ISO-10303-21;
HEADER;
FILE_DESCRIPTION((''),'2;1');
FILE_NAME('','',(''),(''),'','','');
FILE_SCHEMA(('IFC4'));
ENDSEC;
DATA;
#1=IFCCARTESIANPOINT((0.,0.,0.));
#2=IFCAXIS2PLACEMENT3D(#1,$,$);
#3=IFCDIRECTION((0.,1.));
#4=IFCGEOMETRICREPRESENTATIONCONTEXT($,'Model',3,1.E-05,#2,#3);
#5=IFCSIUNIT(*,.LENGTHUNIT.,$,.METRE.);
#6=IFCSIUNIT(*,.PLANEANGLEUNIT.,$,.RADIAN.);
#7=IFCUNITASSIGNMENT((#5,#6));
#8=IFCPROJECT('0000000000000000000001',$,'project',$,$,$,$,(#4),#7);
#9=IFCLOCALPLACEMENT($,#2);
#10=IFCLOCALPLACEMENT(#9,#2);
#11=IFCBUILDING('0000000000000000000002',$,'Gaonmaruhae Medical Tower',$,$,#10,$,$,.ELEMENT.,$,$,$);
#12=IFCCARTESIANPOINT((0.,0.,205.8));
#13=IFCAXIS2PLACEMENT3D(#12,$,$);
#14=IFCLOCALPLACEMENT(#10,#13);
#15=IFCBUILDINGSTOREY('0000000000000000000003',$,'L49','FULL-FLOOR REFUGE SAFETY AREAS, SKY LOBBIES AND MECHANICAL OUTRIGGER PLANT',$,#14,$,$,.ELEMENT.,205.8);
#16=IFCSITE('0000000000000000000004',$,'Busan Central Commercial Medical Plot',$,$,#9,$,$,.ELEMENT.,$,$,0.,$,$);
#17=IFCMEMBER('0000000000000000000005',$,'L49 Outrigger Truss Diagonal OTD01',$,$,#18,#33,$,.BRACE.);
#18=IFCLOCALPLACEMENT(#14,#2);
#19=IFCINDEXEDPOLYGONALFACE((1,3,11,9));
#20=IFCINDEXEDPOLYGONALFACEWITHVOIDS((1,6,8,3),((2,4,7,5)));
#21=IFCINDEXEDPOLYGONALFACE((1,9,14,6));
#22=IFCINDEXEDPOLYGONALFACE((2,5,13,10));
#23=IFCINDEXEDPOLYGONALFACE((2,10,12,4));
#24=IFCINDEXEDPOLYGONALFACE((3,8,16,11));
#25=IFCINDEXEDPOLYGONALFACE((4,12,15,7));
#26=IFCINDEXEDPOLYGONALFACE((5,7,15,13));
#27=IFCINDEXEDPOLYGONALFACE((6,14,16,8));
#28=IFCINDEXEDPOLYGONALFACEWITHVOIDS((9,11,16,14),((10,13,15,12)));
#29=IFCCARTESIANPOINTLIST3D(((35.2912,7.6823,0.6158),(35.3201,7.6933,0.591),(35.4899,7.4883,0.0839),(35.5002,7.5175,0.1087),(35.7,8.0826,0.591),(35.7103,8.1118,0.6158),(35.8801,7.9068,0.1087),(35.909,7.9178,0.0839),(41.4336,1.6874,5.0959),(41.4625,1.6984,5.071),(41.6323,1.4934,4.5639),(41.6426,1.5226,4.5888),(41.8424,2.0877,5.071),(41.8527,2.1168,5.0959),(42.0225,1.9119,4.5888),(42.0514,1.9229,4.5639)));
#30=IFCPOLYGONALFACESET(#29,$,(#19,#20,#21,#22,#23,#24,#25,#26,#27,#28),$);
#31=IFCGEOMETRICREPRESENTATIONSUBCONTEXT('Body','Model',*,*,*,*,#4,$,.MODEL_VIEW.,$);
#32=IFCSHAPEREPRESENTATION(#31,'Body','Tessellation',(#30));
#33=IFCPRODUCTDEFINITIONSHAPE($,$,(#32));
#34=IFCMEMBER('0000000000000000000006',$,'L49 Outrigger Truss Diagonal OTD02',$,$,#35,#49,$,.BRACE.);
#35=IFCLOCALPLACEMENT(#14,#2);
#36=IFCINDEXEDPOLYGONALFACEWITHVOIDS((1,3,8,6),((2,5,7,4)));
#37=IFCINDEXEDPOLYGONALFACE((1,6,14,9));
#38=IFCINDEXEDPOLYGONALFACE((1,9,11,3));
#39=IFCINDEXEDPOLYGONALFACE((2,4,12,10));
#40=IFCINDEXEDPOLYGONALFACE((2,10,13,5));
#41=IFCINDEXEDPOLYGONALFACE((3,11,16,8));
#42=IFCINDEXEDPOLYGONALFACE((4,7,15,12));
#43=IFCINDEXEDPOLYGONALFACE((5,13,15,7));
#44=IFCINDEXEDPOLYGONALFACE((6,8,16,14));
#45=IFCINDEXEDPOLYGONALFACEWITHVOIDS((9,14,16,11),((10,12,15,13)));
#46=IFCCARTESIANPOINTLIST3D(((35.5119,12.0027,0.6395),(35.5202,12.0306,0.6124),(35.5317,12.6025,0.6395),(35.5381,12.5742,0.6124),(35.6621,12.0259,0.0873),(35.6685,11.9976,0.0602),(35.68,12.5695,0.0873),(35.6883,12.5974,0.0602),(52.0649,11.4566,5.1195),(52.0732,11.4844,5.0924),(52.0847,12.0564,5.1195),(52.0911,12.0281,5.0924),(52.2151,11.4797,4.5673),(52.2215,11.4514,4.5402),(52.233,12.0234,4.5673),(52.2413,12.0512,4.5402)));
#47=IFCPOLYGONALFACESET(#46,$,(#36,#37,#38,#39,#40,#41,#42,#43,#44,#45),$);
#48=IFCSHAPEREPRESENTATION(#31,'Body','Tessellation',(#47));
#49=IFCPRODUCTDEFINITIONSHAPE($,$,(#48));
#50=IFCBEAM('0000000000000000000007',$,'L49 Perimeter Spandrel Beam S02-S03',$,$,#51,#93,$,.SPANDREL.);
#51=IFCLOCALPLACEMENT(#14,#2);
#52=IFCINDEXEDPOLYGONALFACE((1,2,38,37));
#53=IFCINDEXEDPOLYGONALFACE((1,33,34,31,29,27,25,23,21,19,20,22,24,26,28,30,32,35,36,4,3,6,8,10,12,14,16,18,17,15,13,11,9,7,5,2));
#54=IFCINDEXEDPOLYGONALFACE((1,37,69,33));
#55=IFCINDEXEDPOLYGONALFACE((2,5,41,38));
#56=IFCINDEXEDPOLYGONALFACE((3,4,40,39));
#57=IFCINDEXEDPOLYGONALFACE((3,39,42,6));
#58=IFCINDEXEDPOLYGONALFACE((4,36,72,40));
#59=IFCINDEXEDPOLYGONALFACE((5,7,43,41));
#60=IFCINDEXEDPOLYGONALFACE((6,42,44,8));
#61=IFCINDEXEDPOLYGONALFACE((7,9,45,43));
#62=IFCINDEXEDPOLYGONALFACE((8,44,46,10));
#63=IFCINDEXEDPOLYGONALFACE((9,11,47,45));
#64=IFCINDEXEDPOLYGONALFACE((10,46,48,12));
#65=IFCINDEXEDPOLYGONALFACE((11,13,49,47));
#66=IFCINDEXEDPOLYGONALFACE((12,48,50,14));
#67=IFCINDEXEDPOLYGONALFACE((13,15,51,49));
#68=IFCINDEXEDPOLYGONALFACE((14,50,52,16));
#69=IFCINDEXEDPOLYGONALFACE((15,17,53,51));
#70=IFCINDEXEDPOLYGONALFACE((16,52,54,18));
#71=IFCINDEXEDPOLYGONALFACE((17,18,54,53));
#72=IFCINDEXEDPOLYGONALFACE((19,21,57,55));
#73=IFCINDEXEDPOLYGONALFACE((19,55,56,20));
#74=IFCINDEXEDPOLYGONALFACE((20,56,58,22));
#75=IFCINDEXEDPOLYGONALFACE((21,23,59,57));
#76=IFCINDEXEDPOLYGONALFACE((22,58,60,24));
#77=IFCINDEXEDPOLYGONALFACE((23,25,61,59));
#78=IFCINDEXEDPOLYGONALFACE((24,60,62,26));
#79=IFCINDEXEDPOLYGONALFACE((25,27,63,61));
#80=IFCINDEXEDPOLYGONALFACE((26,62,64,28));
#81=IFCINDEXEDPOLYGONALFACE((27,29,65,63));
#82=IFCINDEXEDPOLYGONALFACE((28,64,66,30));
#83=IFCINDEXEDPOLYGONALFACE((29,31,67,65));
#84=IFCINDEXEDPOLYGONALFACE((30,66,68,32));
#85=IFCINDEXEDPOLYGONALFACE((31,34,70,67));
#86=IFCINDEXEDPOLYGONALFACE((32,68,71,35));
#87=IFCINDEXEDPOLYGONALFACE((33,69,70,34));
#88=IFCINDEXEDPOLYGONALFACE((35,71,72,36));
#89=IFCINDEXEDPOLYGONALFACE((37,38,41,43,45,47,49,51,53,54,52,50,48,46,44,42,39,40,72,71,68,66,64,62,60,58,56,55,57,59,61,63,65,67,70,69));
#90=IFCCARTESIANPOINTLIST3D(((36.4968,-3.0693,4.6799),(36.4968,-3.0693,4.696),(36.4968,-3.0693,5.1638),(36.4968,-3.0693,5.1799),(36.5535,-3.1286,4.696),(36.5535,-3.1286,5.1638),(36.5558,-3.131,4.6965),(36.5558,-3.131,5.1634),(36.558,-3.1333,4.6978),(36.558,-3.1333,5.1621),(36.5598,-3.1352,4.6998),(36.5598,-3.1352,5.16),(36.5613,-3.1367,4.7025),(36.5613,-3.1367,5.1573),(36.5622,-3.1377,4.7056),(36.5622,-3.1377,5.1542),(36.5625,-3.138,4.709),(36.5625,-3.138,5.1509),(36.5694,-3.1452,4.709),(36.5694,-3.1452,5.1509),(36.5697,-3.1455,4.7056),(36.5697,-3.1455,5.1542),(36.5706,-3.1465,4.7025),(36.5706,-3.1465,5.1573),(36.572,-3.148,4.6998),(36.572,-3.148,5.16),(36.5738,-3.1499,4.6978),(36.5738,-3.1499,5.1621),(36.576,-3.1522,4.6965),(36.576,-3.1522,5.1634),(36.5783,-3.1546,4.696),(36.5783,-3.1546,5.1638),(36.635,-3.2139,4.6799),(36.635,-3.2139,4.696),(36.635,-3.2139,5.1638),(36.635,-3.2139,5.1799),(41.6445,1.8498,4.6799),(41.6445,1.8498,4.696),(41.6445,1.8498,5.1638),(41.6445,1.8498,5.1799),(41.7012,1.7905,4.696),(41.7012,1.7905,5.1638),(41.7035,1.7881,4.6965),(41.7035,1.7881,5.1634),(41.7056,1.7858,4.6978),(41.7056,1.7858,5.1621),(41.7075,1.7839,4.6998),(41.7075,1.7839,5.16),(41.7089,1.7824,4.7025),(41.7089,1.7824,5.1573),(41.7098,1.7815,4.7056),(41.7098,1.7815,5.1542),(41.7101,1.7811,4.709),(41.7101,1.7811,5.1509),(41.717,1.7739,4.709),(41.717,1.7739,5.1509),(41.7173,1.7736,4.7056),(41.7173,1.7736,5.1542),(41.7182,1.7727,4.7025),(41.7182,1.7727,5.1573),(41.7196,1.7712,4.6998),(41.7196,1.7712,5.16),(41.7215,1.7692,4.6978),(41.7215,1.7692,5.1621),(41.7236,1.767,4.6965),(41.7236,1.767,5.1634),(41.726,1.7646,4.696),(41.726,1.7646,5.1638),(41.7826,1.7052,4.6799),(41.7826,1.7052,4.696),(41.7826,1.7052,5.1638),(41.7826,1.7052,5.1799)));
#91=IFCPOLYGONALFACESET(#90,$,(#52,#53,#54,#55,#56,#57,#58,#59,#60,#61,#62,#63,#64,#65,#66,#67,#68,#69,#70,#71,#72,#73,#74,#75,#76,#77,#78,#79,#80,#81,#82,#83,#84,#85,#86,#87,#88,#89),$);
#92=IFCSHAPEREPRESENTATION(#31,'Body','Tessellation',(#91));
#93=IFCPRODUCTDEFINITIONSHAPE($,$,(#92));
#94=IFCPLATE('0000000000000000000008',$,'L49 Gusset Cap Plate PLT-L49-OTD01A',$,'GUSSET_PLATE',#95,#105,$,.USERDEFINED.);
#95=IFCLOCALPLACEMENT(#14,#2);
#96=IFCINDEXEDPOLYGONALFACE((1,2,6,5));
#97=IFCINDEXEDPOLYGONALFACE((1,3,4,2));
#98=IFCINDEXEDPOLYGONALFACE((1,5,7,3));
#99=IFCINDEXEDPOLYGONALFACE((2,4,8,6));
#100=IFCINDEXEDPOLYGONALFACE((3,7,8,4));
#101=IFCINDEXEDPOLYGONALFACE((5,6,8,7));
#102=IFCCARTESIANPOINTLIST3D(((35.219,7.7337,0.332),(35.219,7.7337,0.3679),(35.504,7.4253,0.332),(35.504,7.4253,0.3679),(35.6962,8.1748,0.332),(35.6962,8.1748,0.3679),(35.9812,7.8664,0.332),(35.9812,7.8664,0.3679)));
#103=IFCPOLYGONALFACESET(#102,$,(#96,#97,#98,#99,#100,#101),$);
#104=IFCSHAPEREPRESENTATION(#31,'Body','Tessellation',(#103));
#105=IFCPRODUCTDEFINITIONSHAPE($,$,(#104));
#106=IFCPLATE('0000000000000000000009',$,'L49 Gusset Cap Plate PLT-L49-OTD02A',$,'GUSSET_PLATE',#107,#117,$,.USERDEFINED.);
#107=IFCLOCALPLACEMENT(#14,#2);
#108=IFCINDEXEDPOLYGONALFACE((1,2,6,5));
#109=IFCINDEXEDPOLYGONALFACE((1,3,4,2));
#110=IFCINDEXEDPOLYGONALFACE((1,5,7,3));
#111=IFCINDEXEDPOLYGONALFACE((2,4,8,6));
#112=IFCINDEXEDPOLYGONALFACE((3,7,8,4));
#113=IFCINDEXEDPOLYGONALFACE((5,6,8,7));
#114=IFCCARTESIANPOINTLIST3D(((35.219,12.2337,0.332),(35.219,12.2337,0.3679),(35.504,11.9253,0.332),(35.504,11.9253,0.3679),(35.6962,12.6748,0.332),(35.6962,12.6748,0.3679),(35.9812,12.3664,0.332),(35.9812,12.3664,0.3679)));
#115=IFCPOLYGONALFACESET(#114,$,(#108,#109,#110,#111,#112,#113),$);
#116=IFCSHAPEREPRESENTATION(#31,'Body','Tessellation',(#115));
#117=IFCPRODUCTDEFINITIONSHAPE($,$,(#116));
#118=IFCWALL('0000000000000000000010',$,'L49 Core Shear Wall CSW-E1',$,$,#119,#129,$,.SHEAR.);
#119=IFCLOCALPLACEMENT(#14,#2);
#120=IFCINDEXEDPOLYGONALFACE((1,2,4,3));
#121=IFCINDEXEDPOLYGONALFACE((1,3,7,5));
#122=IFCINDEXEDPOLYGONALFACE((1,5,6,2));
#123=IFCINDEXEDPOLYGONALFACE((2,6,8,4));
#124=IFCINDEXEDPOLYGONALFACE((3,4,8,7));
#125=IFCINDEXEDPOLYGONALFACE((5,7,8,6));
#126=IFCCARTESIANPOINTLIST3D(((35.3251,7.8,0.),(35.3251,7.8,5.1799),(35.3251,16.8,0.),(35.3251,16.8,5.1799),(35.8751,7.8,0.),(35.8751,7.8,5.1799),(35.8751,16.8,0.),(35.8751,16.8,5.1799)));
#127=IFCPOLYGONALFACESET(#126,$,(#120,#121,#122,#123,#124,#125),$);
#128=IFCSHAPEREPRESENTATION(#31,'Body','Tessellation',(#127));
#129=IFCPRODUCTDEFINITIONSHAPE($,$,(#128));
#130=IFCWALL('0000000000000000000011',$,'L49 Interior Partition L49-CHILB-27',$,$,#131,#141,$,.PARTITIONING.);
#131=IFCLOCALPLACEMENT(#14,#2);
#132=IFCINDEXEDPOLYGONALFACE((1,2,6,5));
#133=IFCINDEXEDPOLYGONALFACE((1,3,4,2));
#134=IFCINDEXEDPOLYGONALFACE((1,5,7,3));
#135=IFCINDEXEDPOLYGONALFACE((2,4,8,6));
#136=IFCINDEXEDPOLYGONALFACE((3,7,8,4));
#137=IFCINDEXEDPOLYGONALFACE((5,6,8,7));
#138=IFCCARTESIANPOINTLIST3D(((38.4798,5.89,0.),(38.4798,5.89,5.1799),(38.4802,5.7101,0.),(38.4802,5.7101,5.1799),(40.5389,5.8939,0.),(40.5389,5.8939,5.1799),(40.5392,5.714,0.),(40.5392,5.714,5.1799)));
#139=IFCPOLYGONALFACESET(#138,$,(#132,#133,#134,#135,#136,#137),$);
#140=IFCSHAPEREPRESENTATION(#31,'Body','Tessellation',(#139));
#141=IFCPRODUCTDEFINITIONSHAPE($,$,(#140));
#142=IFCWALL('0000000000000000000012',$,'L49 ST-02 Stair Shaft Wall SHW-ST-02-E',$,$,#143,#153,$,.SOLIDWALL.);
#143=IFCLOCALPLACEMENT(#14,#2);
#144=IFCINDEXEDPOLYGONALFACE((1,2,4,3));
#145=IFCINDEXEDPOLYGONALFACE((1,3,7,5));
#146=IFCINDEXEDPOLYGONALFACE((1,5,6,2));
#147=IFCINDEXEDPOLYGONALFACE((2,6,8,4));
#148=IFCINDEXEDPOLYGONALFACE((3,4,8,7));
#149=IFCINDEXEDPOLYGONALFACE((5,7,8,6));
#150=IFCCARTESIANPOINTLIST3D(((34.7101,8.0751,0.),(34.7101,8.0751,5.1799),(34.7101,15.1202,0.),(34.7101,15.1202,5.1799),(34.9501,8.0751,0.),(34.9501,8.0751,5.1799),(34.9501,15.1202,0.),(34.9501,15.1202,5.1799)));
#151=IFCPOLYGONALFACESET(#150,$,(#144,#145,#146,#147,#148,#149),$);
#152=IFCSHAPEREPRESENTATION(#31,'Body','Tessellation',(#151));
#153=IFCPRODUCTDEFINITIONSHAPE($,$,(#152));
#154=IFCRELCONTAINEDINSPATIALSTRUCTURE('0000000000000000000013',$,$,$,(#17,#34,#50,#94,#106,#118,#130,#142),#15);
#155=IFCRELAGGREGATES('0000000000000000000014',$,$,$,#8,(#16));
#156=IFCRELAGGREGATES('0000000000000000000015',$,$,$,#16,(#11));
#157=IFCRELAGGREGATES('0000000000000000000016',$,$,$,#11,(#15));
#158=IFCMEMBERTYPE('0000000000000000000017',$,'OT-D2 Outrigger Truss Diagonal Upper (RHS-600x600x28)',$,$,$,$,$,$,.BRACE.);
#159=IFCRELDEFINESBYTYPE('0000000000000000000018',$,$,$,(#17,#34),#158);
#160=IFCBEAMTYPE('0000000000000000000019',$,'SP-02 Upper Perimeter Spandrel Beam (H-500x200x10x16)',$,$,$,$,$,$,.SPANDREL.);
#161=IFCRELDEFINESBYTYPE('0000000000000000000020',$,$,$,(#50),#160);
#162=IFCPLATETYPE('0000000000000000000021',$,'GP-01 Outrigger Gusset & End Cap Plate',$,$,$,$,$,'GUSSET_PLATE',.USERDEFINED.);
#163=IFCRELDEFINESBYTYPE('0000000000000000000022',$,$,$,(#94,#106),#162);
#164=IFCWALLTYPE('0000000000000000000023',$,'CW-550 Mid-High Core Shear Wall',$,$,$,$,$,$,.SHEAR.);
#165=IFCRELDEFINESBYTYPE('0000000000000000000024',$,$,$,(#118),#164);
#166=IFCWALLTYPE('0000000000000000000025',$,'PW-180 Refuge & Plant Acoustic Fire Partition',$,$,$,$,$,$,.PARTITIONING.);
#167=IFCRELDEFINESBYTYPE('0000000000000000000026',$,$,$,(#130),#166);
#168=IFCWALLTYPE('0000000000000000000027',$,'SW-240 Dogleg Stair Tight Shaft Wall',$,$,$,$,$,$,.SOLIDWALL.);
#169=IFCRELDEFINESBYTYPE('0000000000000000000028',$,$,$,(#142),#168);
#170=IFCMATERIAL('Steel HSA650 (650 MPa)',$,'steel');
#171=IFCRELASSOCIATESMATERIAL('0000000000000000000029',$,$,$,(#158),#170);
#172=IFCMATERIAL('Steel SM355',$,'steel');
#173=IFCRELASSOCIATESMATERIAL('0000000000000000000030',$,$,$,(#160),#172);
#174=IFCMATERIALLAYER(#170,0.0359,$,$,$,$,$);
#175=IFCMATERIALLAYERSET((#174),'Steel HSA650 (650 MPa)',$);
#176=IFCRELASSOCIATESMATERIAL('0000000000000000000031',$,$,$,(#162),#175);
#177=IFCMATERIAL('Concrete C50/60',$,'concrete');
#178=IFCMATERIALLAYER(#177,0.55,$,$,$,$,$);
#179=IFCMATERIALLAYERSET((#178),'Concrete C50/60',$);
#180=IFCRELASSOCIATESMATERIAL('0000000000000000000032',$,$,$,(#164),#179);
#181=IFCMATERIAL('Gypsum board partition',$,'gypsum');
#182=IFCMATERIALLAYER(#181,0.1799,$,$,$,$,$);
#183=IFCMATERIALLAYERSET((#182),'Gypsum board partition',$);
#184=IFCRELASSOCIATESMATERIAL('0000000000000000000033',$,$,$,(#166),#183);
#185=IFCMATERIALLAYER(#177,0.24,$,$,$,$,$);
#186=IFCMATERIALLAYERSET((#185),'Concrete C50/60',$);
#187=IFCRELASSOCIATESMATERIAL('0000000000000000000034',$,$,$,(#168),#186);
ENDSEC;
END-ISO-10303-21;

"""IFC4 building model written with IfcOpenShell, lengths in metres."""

from ifc_helpers import new_model, si_unit, direction, frame, frame_2d, origin, origin_2d, place, context, subcontext, project, spatial, rectangle, hollow_rectangle, i_section, extrude, material, layer, layer_set, material_profile, profile_set, type_object, element, save


model = new_model("IFC4")

# Units and contexts
model_context = context("Model", 3, precision=1e-05, world=origin(), true_north=direction((0.0, 1.0)))
body_context = subcontext(model_context, "Body", "Model", "MODEL_VIEW")
ifc_project = project(units=[si_unit("LENGTHUNIT", "METRE"), si_unit("PLANEANGLEUNIT", "RADIAN")], contexts=[model_context])

# Site, building, storey
site_placement = place(None, origin())
site = spatial("IfcSite", under=ifc_project, at=site_placement, Name="Busan Central Commercial Medical Plot", CompositionType="ELEMENT", RefElevation=0.0)
building_placement = place(site_placement, origin())
building = spatial("IfcBuilding", under=site, at=building_placement, Name="Gaonmaruhae Medical Tower", CompositionType="ELEMENT")
storey_placement = place(building_placement, frame((0.0, 0.0, 205.8)))
storey = spatial("IfcBuildingStorey", under=building, at=storey_placement, Name="L49", Description="FULL-FLOOR REFUGE SAFETY AREAS, SKY LOBBIES AND MECHANICAL OUTRIGGER PLANT", CompositionType="ELEMENT", Elevation=205.8)

# Shared definitions
ifc_material_1 = material(Name="Concrete C50/60", Category="concrete")
ifc_material_2 = material(Name="Steel HSA650 (650 MPa)", Category="steel")

# Shared definitions
ifc_material_3 = material(Name="Steel SM355", Category="steel")

# Members
ifc_material_profile_1 = material_profile(ifc_material_2, hollow_rectangle(XDim=0.6001, YDim=0.6001, WallThickness=0.0281, at=origin_2d()), Name="RHS-600x600x28")
ifc_profile_set_1 = profile_set([ifc_material_profile_1], Name="Steel HSA650 (650 MPa)")
member_type = type_object("IfcMemberType", Name="OT-D2 Outrigger Truss Diagonal Upper (RHS-600x600x28)", PredefinedType="BRACE", material=ifc_profile_set_1)
member_1_placement = place(storey_placement, frame((35.6001, 7.8, 0.3499), z_axis=(0.634422, -0.619191, 0.462722), x_axis=(0.698464, 0.715645, 0.0)))
element("IfcMember", 1, at=member_1_placement, inside=storey, type_object=member_type, Name="L49 Outrigger Truss Diagonal OTD01", PredefinedType="BRACE", context=body_context, shape_type="SweptSolid", body=[
    extrude(hollow_rectangle(XDim=0.6001, YDim=0.6001, WallThickness=0.0281, at=origin_2d()), origin(), (0.0, 0.0, 1.0), 9.6819),
])
member_2_placement = place(storey_placement, frame((35.6001, 12.3, 0.3499), z_axis=(0.964783, -0.031832, 0.261114), x_axis=(0.032976, 0.999456, 0.0)))
element("IfcMember", 2, at=member_2_placement, inside=storey, type_object=member_type, Name="L49 Outrigger Truss Diagonal OTD02", PredefinedType="BRACE", context=body_context, shape_type="SweptSolid", body=[
    extrude(hollow_rectangle(XDim=0.6001, YDim=0.6001, WallThickness=0.0281, at=origin_2d()), origin(), (0.0, 0.0, 1.0), 17.1572),
])

# Beam
ifc_material_profile_2 = material_profile(ifc_material_3, i_section(OverallWidth=0.2, OverallDepth=0.5, WebThickness=0.01, FlangeThickness=0.0161, FilletRadius=0.0129, at=origin_2d()), Name="H-500x200x10x16")
ifc_profile_set_2 = profile_set([ifc_material_profile_2], Name="Steel SM355")
beam_type_1 = type_object("IfcBeamType", Name="SP-02 Upper Perimeter Spandrel Beam (H-500x200x10x16)", PredefinedType="SPANDREL", material=ifc_profile_set_2)
beam_1_placement = place(storey_placement, frame((36.5659, -3.1416, 4.9299), z_axis=(0.722972, 0.690878, 0.0), x_axis=(-0.690878, 0.722972, 0.0)))
element("IfcBeam", 3, at=beam_1_placement, inside=storey, type_object=beam_type_1, Name="L49 Perimeter Spandrel Beam S02-S03", PredefinedType="SPANDREL", context=body_context, shape_type="SweptSolid", body=[
    extrude(i_section(OverallWidth=0.2, OverallDepth=0.5, WebThickness=0.01, FlangeThickness=0.0161, FilletRadius=0.0129, at=origin_2d()), origin(), (0.0, 0.0, 1.0), 7.1201),
])

# Plates
ifc_layer_1 = layer(ifc_material_2, 0.0359)
ifc_layer_set_1 = layer_set([ifc_layer_1], Name="Steel HSA650 (650 MPa)")
plate_type = type_object("IfcPlateType", Name="GP-01 Outrigger Gusset & End Cap Plate", ElementType="GUSSET_PLATE", PredefinedType="USERDEFINED", material=ifc_layer_set_1)
for number, where, z_axis, x_axis, name in (
    (4, (35.6001, 7.8, 0.332), (0.0, 0.0, 1.0), (0.734323, 0.678801, 0.0), "L49 Gusset Cap Plate PLT-L49-OTD01A"),
    (5, (35.6001, 12.3, 0.332), (0.0, 0.0, 1.0), (0.734323, 0.678801, 0.0), "L49 Gusset Cap Plate PLT-L49-OTD02A"),
):
    element("IfcPlate", number, at=place(storey_placement, frame(where, z_axis=z_axis, x_axis=x_axis)), inside=storey, type_object=plate_type, Name=name, ObjectType="GUSSET_PLATE", PredefinedType="USERDEFINED", context=body_context, shape_type="SweptSolid", body=[
        extrude(rectangle(XDim=0.6499, YDim=0.4199, at=origin_2d()), origin(), (0.0, 0.0, 1.0), 0.0359),
    ])

# Walls
ifc_layer_2 = layer(ifc_material_1, 0.55)
ifc_layer_set_2 = layer_set([ifc_layer_2], Name="Concrete C50/60")
wall_type_1 = type_object("IfcWallType", Name="CW-550 Mid-High Core Shear Wall", PredefinedType="SHEAR", material=ifc_layer_set_2)
wall_1_placement = place(storey_placement, frame((35.6001, 7.8, 0.0), z_axis=(0.0, 0.0, 1.0), x_axis=(0.0, 1.0, 0.0)))
element("IfcWall", 6, at=wall_1_placement, inside=storey, type_object=wall_type_1, Name="L49 Core Shear Wall CSW-E1", PredefinedType="SHEAR", context=body_context, shape_type="SweptSolid", body=[
    extrude(rectangle(XDim=9.0, YDim=0.55, at=frame_2d((4.5, 0.0))), origin(), (0.0, 0.0, 1.0), 5.1799),
])
ifc_material_4 = material(Name="Gypsum board partition", Category="gypsum")
ifc_layer_3 = layer(ifc_material_4, 0.1799)
ifc_layer_set_3 = layer_set([ifc_layer_3], Name="Gypsum board partition")
wall_type_2 = type_object("IfcWallType", Name="PW-180 Refuge & Plant Acoustic Fire Partition", PredefinedType="PARTITIONING", material=ifc_layer_set_3)
wall_2_placement = place(storey_placement, frame((38.48, 5.8, 0.0), z_axis=(0.0, 0.0, 1.0), x_axis=(0.999998, 0.001897, 0.0)))
element("IfcWall", 7, at=wall_2_placement, inside=storey, type_object=wall_type_2, Name="L49 Interior Partition L49-CHILB-27", PredefinedType="PARTITIONING", context=body_context, shape_type="SweptSolid", body=[
    extrude(rectangle(XDim=2.0591, YDim=0.1799, at=frame_2d((1.0295, 0.0))), origin(), (0.0, 0.0, 1.0), 5.1799),
])
ifc_layer_4 = layer(ifc_material_1, 0.24)
ifc_layer_set_4 = layer_set([ifc_layer_4], Name="Concrete C50/60")
wall_type_3 = type_object("IfcWallType", Name="SW-240 Dogleg Stair Tight Shaft Wall", PredefinedType="SOLIDWALL", material=ifc_layer_set_4)
wall_3_placement = place(storey_placement, frame((34.8301, 15.1201, 0.0), z_axis=(0.0, 0.0, 1.0), x_axis=(0.0, -1.0, 0.0)))
element("IfcWall", 8, at=wall_3_placement, inside=storey, type_object=wall_type_3, Name="L49 ST-02 Stair Shaft Wall SHW-ST-02-E", PredefinedType="SOLIDWALL", context=body_context, shape_type="SweptSolid", body=[
    extrude(rectangle(XDim=7.0452, YDim=0.24, at=frame_2d((3.5225, 0.0))), origin(), (0.0, 0.0, 1.0), 5.1799),
])

save(model, "model.ifc")
